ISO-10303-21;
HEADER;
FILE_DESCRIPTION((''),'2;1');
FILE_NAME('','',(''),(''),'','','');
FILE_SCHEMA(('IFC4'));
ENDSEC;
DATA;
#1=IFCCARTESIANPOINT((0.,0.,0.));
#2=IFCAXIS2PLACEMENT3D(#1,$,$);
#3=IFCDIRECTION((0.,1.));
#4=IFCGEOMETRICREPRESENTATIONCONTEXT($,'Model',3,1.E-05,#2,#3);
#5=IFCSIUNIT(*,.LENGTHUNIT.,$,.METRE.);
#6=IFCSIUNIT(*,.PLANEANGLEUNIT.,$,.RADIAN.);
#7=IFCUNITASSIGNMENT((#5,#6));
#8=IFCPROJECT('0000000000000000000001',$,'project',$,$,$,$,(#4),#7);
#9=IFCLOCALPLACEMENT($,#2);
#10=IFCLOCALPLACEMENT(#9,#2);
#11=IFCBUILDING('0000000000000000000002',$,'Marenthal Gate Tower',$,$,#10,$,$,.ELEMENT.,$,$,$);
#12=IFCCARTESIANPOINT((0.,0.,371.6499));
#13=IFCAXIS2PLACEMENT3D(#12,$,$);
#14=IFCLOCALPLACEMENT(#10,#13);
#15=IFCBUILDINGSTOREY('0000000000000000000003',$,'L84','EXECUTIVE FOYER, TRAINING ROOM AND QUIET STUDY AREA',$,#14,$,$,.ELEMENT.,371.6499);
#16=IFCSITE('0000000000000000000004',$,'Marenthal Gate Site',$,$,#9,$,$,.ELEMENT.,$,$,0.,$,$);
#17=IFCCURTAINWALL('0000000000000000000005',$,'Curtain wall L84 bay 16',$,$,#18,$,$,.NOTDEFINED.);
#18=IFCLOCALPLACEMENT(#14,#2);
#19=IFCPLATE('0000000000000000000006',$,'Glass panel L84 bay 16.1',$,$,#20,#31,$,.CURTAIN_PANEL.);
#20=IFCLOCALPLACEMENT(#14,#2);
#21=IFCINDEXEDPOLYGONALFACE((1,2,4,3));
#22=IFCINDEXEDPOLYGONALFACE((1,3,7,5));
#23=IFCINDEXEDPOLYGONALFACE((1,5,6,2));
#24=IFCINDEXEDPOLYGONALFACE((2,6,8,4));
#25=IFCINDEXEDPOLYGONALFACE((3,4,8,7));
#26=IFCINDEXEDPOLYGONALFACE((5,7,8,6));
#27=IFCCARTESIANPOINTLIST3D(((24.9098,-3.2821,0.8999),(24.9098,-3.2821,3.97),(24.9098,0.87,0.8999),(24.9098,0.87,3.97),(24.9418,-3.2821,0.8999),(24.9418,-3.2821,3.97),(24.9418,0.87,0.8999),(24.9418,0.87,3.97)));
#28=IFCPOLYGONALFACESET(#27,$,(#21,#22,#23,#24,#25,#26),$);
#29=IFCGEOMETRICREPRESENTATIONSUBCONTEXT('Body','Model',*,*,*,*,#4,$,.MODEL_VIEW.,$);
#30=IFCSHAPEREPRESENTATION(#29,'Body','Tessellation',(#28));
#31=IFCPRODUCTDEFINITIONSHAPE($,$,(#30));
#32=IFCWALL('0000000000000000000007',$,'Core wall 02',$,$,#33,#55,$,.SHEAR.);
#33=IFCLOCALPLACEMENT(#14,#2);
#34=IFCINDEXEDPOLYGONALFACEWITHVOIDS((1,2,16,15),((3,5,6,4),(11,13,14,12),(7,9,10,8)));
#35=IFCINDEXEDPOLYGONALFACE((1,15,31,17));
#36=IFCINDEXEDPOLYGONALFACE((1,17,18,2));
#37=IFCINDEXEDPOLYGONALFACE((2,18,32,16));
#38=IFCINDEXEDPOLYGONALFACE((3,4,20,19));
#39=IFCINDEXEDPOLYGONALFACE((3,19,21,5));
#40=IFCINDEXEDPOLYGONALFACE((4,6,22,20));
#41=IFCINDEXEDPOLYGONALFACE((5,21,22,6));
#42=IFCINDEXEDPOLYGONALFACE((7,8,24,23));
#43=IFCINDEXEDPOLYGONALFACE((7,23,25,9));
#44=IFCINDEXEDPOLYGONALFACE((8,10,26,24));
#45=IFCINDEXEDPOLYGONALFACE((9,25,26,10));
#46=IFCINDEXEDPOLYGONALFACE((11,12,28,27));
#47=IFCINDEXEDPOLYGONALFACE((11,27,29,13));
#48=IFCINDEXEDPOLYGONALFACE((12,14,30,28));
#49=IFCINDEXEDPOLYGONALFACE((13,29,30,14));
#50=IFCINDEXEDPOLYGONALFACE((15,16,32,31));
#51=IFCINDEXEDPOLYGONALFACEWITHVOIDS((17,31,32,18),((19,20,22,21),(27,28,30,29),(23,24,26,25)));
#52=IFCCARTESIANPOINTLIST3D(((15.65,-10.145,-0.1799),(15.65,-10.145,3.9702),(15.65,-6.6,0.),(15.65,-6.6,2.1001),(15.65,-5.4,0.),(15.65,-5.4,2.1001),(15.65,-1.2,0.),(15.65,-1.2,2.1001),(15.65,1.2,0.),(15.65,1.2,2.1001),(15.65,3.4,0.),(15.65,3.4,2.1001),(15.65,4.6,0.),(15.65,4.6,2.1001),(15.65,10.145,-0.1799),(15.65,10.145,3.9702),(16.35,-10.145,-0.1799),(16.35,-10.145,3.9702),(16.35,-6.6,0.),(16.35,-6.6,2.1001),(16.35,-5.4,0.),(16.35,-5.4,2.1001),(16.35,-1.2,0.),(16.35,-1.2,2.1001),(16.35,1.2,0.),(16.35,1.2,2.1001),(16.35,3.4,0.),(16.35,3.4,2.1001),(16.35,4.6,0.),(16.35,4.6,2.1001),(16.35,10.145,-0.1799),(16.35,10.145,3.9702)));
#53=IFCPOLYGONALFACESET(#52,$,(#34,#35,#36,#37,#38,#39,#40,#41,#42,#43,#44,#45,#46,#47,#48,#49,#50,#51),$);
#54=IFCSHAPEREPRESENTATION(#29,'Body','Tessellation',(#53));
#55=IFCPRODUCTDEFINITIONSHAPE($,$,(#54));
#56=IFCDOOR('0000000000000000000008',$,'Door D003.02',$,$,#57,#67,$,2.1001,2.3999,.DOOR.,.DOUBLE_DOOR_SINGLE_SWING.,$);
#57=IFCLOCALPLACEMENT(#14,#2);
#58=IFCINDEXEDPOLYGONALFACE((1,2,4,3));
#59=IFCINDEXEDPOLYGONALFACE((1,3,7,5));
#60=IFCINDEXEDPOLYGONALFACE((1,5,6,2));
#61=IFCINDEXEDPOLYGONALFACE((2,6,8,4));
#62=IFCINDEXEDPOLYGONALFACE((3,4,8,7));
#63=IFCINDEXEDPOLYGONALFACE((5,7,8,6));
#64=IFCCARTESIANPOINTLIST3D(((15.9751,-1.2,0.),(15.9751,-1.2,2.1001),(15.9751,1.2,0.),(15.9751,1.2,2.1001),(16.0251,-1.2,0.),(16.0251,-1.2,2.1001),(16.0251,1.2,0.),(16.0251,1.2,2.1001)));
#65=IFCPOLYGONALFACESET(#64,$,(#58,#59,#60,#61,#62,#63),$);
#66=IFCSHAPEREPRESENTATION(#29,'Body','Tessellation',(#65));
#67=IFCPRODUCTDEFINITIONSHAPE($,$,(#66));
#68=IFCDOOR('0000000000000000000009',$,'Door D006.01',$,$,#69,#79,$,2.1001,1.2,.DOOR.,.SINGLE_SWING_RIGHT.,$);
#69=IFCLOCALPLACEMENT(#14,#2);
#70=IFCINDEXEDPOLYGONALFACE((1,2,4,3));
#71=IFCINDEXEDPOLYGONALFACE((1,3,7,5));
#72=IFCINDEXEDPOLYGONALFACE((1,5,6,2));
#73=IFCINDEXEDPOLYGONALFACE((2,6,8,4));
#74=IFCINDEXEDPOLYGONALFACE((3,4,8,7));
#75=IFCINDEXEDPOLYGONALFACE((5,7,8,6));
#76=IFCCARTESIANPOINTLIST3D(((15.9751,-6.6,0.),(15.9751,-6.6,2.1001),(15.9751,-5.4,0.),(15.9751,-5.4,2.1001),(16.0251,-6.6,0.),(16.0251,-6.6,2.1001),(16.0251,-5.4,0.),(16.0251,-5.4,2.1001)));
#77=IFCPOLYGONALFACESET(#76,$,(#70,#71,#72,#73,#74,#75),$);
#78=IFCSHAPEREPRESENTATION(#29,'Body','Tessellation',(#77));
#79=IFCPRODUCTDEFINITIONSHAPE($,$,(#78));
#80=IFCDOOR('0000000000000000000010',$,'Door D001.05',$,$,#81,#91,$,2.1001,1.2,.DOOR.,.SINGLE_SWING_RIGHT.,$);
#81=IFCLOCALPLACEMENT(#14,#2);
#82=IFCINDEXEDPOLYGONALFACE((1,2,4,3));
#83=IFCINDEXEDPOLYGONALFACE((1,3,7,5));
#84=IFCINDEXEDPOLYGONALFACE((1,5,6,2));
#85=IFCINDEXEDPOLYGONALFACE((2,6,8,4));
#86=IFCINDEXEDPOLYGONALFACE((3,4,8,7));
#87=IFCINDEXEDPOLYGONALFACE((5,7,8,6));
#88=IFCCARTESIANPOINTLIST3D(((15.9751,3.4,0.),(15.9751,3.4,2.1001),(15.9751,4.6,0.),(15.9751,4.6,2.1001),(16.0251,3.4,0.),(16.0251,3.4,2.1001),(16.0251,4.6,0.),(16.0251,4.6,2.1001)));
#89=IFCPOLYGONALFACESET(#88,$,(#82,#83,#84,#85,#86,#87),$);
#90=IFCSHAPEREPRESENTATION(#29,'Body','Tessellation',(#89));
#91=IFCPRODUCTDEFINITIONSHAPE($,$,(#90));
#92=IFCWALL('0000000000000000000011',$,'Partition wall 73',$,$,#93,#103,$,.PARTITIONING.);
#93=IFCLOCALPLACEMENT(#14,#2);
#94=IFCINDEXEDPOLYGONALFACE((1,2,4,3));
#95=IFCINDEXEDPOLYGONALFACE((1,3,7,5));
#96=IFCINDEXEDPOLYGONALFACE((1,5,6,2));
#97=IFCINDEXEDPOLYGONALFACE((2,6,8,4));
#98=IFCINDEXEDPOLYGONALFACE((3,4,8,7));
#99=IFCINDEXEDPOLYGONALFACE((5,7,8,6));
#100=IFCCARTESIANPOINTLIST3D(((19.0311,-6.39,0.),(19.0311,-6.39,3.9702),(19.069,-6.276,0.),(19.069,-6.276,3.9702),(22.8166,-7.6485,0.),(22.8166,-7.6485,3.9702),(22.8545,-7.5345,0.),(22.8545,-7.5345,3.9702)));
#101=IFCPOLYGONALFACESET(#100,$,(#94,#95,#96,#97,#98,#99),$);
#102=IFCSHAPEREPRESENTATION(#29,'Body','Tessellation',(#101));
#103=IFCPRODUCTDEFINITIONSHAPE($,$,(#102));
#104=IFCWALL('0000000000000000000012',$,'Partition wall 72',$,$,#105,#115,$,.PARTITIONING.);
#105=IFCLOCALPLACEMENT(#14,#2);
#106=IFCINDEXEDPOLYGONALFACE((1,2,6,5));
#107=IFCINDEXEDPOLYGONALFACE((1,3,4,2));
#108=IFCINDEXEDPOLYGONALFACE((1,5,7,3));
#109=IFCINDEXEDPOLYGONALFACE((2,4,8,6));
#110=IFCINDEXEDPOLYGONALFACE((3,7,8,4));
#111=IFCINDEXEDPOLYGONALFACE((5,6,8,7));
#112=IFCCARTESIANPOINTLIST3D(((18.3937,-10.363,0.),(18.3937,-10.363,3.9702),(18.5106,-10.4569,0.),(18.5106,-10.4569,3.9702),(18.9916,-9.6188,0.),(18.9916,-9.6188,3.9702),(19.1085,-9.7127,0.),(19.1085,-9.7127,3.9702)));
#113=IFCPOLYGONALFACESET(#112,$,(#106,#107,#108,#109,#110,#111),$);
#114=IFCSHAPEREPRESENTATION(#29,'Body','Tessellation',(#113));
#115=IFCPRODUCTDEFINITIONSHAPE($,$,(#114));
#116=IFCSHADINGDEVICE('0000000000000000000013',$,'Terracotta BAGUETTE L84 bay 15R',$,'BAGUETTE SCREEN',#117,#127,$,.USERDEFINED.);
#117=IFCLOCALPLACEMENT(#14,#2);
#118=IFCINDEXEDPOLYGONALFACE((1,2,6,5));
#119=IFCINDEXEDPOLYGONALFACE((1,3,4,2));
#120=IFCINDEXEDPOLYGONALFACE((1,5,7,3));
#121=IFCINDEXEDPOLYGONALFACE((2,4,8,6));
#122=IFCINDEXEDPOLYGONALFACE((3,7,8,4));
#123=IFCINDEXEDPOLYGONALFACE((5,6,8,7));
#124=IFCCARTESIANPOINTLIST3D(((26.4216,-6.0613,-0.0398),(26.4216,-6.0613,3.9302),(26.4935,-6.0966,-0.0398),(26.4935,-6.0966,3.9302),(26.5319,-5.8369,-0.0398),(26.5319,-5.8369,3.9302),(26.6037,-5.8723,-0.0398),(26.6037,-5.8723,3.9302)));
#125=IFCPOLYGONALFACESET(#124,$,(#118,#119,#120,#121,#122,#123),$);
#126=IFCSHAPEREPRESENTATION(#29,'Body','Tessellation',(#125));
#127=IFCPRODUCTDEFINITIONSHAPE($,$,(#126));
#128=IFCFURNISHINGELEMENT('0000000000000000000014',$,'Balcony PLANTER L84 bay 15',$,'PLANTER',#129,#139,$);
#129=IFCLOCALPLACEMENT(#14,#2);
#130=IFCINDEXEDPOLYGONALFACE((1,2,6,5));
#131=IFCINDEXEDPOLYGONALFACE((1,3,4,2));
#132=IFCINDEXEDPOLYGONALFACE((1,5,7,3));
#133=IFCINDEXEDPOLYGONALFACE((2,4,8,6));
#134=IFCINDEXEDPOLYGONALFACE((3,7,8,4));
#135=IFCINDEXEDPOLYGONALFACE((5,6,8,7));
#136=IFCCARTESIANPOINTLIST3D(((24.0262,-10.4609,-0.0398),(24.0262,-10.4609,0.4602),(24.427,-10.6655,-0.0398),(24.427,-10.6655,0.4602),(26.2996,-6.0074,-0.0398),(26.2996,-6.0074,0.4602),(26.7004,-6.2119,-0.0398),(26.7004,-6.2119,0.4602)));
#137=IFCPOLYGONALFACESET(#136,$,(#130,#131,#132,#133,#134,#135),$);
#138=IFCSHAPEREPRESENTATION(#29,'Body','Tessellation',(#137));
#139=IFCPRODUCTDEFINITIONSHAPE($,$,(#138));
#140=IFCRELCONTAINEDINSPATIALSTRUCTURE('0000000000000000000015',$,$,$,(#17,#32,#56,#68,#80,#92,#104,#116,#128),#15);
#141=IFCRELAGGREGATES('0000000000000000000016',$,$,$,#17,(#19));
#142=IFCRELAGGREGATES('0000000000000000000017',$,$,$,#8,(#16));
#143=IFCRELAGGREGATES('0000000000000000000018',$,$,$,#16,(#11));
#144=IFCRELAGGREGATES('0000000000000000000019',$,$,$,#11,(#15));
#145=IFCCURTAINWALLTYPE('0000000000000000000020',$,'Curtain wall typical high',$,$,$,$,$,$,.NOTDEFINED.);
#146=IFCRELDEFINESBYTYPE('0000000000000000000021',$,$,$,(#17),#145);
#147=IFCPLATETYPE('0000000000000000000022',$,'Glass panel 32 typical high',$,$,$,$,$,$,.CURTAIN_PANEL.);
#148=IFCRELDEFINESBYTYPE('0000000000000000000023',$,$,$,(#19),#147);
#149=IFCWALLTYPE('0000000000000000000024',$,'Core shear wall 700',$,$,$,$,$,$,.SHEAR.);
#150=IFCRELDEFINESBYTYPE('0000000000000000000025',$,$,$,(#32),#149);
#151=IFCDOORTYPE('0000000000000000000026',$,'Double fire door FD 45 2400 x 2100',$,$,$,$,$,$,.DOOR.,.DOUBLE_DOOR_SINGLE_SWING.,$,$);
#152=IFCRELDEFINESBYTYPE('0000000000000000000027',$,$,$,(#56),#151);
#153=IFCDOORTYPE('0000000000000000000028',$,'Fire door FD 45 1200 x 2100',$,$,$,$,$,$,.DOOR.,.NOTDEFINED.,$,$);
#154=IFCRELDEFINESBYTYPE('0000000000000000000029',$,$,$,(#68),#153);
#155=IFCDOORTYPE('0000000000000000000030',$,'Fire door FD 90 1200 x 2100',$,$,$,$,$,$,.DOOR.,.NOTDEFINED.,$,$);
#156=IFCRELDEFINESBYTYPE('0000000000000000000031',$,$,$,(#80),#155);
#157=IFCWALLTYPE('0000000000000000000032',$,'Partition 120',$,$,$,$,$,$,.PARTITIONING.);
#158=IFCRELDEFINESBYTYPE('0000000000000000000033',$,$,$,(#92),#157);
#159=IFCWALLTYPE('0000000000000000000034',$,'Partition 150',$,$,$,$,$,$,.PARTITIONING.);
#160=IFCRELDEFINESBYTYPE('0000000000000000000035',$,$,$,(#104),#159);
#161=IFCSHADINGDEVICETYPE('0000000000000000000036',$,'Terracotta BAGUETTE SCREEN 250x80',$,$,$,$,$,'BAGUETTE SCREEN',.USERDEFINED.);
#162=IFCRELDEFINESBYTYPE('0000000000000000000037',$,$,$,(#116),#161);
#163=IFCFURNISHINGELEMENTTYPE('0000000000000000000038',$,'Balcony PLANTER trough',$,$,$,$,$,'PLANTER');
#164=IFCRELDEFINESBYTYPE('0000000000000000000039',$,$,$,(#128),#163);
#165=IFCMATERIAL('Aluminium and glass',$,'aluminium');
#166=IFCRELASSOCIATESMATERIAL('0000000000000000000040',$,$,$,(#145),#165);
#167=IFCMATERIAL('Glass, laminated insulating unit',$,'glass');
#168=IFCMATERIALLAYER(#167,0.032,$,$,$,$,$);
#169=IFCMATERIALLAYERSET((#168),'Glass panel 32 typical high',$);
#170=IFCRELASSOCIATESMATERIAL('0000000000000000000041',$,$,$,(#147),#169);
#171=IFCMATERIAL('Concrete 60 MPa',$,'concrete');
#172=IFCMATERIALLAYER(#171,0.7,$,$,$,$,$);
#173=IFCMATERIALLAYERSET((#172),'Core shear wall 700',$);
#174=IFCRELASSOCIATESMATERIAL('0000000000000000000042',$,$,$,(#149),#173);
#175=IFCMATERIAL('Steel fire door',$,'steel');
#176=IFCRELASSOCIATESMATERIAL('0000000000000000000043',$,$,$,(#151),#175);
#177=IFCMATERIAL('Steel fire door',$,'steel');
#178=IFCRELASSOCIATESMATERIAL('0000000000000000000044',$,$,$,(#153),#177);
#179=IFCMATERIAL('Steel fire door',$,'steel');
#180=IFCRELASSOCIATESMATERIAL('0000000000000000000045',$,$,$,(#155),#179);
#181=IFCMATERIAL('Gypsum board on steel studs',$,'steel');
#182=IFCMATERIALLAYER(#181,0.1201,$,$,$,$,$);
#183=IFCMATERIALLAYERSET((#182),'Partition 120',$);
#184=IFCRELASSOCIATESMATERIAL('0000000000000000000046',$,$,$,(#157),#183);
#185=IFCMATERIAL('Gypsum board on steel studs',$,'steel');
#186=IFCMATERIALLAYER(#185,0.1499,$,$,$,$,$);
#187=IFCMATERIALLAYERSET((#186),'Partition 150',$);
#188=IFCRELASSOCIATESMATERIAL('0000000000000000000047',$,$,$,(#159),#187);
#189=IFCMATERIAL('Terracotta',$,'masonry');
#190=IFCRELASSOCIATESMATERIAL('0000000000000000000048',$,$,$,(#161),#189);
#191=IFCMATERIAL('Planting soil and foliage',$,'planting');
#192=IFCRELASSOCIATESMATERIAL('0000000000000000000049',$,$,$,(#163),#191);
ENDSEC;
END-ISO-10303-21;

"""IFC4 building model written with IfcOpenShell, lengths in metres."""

from ifc_helpers import new_model, si_unit, direction, frame, frame_2d, origin, origin_2d, place, context, subcontext, project, spatial, rectangle, extrude, material, layer, layer_set, material_profile, profile_set, type_object, element, fill, aggregate, save


model = new_model("IFC4")

# Units and contexts
model_context = context("Model", 3, precision=1e-05, world=origin(), true_north=direction((0.0, 1.0)))
body_context = subcontext(model_context, "Body", "Model", "MODEL_VIEW")
ifc_project = project(units=[si_unit("LENGTHUNIT", "METRE"), si_unit("PLANEANGLEUNIT", "RADIAN")], contexts=[model_context])

# Site, building, storey
site_placement = place(None, origin())
site = spatial("IfcSite", under=ifc_project, at=site_placement, Name="Marenthal Gate Site", CompositionType="ELEMENT", RefElevation=0.0)
building_placement = place(site_placement, origin())
building = spatial("IfcBuilding", under=site, at=building_placement, Name="Marenthal Gate Tower", CompositionType="ELEMENT")
storey_placement = place(building_placement, frame((0.0, 0.0, 371.6499)))
storey = spatial("IfcBuildingStorey", under=building, at=storey_placement, Name="L84", Description="EXECUTIVE FOYER, TRAINING ROOM AND QUIET STUDY AREA", CompositionType="ELEMENT", Elevation=371.6499)

# Curtain wall
ifc_material_1 = material(Name="Aluminium and glass", Category="aluminium")
curtain_wall_type = type_object("IfcCurtainWallType", Name="Curtain wall typical high", PredefinedType="NOTDEFINED", material=ifc_material_1)
curtain_wall_placement = place(storey_placement, origin())
curtain_wall = element("IfcCurtainWall", 1, at=curtain_wall_placement, inside=storey, type_object=curtain_wall_type, Name="Curtain wall L84 bay 16", PredefinedType="NOTDEFINED")

# Plate
ifc_material_2 = material(Name="Glass, laminated insulating unit", Category="glass")
ifc_layer_1 = layer(ifc_material_2, 0.032)
ifc_layer_set_1 = layer_set([ifc_layer_1], Name="Glass panel 32 typical high")
plate_type = type_object("IfcPlateType", Name="Glass panel 32 typical high", PredefinedType="CURTAIN_PANEL", material=ifc_layer_set_1)
plate_placement = place(storey_placement, frame((24.9258, -1.2061, 0.8999), z_axis=(0.0, 0.0, 1.0), x_axis=(0.0, 1.0, 0.0)))
plate = element("IfcPlate", 2, at=plate_placement, type_object=plate_type, Name="Glass panel L84 bay 16.1", PredefinedType="CURTAIN_PANEL", context=body_context, shape_type="SweptSolid", body=[
    extrude(rectangle(XDim=4.1521, YDim=0.032, at=origin_2d()), origin(), (0.0, 0.0, 1.0), 3.0701),
])
aggregate(curtain_wall, [plate])

# Wall, openings, doors
ifc_material_3 = material(Name="Concrete 60 MPa", Category="concrete")
ifc_layer_2 = layer(ifc_material_3, 0.7)
ifc_layer_set_2 = layer_set([ifc_layer_2], Name="Core shear wall 700")
wall_type_1 = type_object("IfcWallType", Name="Core shear wall 700", PredefinedType="SHEAR", material=ifc_layer_set_2)
wall_1_placement = place(storey_placement, frame((16.0, -10.145, -0.1799), z_axis=(0.0, 0.0, 1.0), x_axis=(0.0, 1.0, 0.0)))
wall_1 = element("IfcWall", 3, at=wall_1_placement, inside=storey, type_object=wall_type_1, Name="Core wall 02", PredefinedType="SHEAR", context=body_context, shape_type="SweptSolid", body=[
    extrude(rectangle(XDim=20.29, YDim=0.7, at=frame_2d((10.145, 0.0))), origin(), (0.0, 0.0, 1.0), 4.1501),
])
opening_1_placement = place(wall_1_placement, frame((8.9451, 0.0, 0.1799)))
opening_1 = element("IfcOpeningElement", 4, at=opening_1_placement, cuts=wall_1, PredefinedType="OPENING", context=body_context, shape_type="SweptSolid", body=[
    extrude(rectangle(XDim=2.3999, YDim=2.1001, at=frame_2d((1.2, 1.05))), frame((0.0, 0.3599, 0.0), z_axis=(0.0, -1.0, 0.0), x_axis=(1.0, 0.0, 0.0)), (0.0, 0.0, 1.0), 0.72),
])
opening_2_placement = place(wall_1_placement, frame((13.5449, 0.0, 0.1799)))
opening_2 = element("IfcOpeningElement", 5, at=opening_2_placement, cuts=wall_1, PredefinedType="OPENING", context=body_context, shape_type="SweptSolid", body=[
    extrude(rectangle(XDim=1.2, YDim=2.1001, at=frame_2d((0.6001, 1.05))), frame((0.0, 0.3599, 0.0), z_axis=(0.0, -1.0, 0.0), x_axis=(1.0, 0.0, 0.0)), (0.0, 0.0, 1.0), 0.72),
])
opening_3_placement = place(wall_1_placement, frame((3.5449, 0.0, 0.1799)))
opening_3 = element("IfcOpeningElement", 6, at=opening_3_placement, cuts=wall_1, PredefinedType="OPENING", context=body_context, shape_type="SweptSolid", body=[
    extrude(rectangle(XDim=1.2, YDim=2.1001, at=frame_2d((0.6001, 1.05))), frame((0.0, 0.3599, 0.0), z_axis=(0.0, -1.0, 0.0), x_axis=(1.0, 0.0, 0.0)), (0.0, 0.0, 1.0), 0.72),
])
ifc_material_4 = material(Name="Steel fire door", Category="steel")
door_type_1 = type_object("IfcDoorType", Name="Double fire door FD 45 2400 x 2100", OperationType="DOUBLE_DOOR_SINGLE_SWING", PredefinedType="DOOR", material=ifc_material_4)
door_1_placement = place(opening_1_placement, origin())
door_1 = element("IfcDoor", 7, at=door_1_placement, inside=storey, type_object=door_type_1, Name="Door D003.02", OperationType="DOUBLE_DOOR_SINGLE_SWING", OverallHeight=2.1001, OverallWidth=2.3999, PredefinedType="DOOR", context=body_context, shape_type="SweptSolid", body=[
    extrude(rectangle(XDim=2.3999, YDim=2.1001, at=frame_2d((1.2, 1.05))), frame((0.0, 0.0249, 0.0), z_axis=(0.0, -1.0, 0.0), x_axis=(1.0, 0.0, 0.0)), (0.0, 0.0, 1.0), 0.05),
])
fill(opening_1, door_1)
ifc_material_5 = material(Name="Steel fire door", Category="steel")
door_type_2 = type_object("IfcDoorType", Name="Fire door FD 45 1200 x 2100", OperationType="NOTDEFINED", PredefinedType="DOOR", material=ifc_material_5)
door_2_placement = place(opening_3_placement, origin())
door_2 = element("IfcDoor", 8, at=door_2_placement, inside=storey, type_object=door_type_2, Name="Door D006.01", OperationType="SINGLE_SWING_RIGHT", OverallHeight=2.1001, OverallWidth=1.2, PredefinedType="DOOR", context=body_context, shape_type="SweptSolid", body=[
    extrude(rectangle(XDim=1.2, YDim=2.1001, at=frame_2d((0.6001, 1.05))), frame((0.0, 0.0249, 0.0), z_axis=(0.0, -1.0, 0.0), x_axis=(1.0, 0.0, 0.0)), (0.0, 0.0, 1.0), 0.05),
])
fill(opening_3, door_2)
ifc_material_6 = material(Name="Steel fire door", Category="steel")
door_type_3 = type_object("IfcDoorType", Name="Fire door FD 90 1200 x 2100", OperationType="NOTDEFINED", PredefinedType="DOOR", material=ifc_material_6)
door_3_placement = place(opening_2_placement, origin())
door_3 = element("IfcDoor", 9, at=door_3_placement, inside=storey, type_object=door_type_3, Name="Door D001.05", OperationType="SINGLE_SWING_RIGHT", OverallHeight=2.1001, OverallWidth=1.2, PredefinedType="DOOR", context=body_context, shape_type="SweptSolid", body=[
    extrude(rectangle(XDim=1.2, YDim=2.1001, at=frame_2d((0.6001, 1.05))), frame((0.0, 0.0249, 0.0), z_axis=(0.0, -1.0, 0.0), x_axis=(1.0, 0.0, 0.0)), (0.0, 0.0, 1.0), 0.05),
])
fill(opening_2, door_3)

# Walls
ifc_material_7 = material(Name="Gypsum board on steel studs", Category="steel")
ifc_layer_3 = layer(ifc_material_7, 0.1201)
ifc_layer_set_3 = layer_set([ifc_layer_3], Name="Partition 120")
wall_type_2 = type_object("IfcWallType", Name="Partition 120", PredefinedType="PARTITIONING", material=ifc_layer_set_3)
wall_2_placement = place(storey_placement, frame((19.05, -6.333, 0.0), z_axis=(0.0, 0.0, 1.0), x_axis=(0.948934, -0.315475, 0.0)))
element("IfcWall", 10, at=wall_2_placement, inside=storey, type_object=wall_type_2, Name="Partition wall 73", PredefinedType="PARTITIONING", context=body_context, shape_type="SweptSolid", body=[
    extrude(rectangle(XDim=3.9893, YDim=0.1201, at=frame_2d((1.9946, 0.0))), origin(), (0.0, 0.0, 1.0), 3.9702),
])
ifc_material_8 = material(Name="Gypsum board on steel studs", Category="steel")
ifc_layer_4 = layer(ifc_material_8, 0.1499)
ifc_layer_set_4 = layer_set([ifc_layer_4], Name="Partition 150")
wall_type_3 = type_object("IfcWallType", Name="Partition 150", PredefinedType="PARTITIONING", material=ifc_layer_set_4)
wall_3_placement = place(storey_placement, frame((19.05, -9.6658, 0.0), z_axis=(0.0, 0.0, 1.0), x_axis=(-0.626347, -0.779545, 0.0)))
element("IfcWall", 11, at=wall_3_placement, inside=storey, type_object=wall_type_3, Name="Partition wall 72", PredefinedType="PARTITIONING", context=body_context, shape_type="SweptSolid", body=[
    extrude(rectangle(XDim=0.9546, YDim=0.1499, at=frame_2d((0.4773, 0.0))), origin(), (0.0, 0.0, 1.0), 3.9702),
])

# Shading device
ifc_material_9 = material(Name="Terracotta", Category="masonry")
ifc_material_profile_1 = material_profile(ifc_material_9, rectangle(XDim=0.25, YDim=0.0801, at=origin_2d()), Name="Terracotta baguette 250x80")
ifc_profile_set_1 = profile_set([ifc_material_profile_1], Name="Terracotta")
shading_device_type = type_object("IfcShadingDeviceType", Name="Terracotta BAGUETTE SCREEN 250x80", ElementType="BAGUETTE SCREEN", PredefinedType="USERDEFINED", material=ifc_profile_set_1)
shading_device_placement = place(storey_placement, frame((26.5127, -5.9668, -0.0398), z_axis=(0.0, 0.0, 1.0), x_axis=(0.440939, 0.897537, 0.0)))
element("IfcShadingDevice", 12, at=shading_device_placement, inside=storey, type_object=shading_device_type, Name="Terracotta BAGUETTE L84 bay 15R", ObjectType="BAGUETTE SCREEN", PredefinedType="USERDEFINED", context=body_context, shape_type="SweptSolid", body=[
    extrude(rectangle(XDim=0.25, YDim=0.0801, at=origin_2d()), origin(), (0.0, 0.0, 1.0), 3.97),
])

# Furnishing element
ifc_material_10 = material(Name="Planting soil and foliage", Category="planting")
furnishing_element_type = type_object("IfcFurnishingElementType", Name="Balcony PLANTER trough", ElementType="PLANTER", material=ifc_material_10)
furnishing_placement = place(storey_placement, frame((25.3633, -8.3364, -0.0398), z_axis=(0.0, 0.0, 1.0), x_axis=(0.454654, 0.890668, 0.0)))
element("IfcFurnishingElement", 13, at=furnishing_placement, inside=storey, type_object=furnishing_element_type, Name="Balcony PLANTER L84 bay 15", ObjectType="PLANTER", context=body_context, shape_type="SweptSolid", body=[
    extrude(rectangle(XDim=5.0002, YDim=0.45, at=origin_2d()), origin(), (0.0, 0.0, 1.0), 0.5),
])

save(model, "model.ifc")
